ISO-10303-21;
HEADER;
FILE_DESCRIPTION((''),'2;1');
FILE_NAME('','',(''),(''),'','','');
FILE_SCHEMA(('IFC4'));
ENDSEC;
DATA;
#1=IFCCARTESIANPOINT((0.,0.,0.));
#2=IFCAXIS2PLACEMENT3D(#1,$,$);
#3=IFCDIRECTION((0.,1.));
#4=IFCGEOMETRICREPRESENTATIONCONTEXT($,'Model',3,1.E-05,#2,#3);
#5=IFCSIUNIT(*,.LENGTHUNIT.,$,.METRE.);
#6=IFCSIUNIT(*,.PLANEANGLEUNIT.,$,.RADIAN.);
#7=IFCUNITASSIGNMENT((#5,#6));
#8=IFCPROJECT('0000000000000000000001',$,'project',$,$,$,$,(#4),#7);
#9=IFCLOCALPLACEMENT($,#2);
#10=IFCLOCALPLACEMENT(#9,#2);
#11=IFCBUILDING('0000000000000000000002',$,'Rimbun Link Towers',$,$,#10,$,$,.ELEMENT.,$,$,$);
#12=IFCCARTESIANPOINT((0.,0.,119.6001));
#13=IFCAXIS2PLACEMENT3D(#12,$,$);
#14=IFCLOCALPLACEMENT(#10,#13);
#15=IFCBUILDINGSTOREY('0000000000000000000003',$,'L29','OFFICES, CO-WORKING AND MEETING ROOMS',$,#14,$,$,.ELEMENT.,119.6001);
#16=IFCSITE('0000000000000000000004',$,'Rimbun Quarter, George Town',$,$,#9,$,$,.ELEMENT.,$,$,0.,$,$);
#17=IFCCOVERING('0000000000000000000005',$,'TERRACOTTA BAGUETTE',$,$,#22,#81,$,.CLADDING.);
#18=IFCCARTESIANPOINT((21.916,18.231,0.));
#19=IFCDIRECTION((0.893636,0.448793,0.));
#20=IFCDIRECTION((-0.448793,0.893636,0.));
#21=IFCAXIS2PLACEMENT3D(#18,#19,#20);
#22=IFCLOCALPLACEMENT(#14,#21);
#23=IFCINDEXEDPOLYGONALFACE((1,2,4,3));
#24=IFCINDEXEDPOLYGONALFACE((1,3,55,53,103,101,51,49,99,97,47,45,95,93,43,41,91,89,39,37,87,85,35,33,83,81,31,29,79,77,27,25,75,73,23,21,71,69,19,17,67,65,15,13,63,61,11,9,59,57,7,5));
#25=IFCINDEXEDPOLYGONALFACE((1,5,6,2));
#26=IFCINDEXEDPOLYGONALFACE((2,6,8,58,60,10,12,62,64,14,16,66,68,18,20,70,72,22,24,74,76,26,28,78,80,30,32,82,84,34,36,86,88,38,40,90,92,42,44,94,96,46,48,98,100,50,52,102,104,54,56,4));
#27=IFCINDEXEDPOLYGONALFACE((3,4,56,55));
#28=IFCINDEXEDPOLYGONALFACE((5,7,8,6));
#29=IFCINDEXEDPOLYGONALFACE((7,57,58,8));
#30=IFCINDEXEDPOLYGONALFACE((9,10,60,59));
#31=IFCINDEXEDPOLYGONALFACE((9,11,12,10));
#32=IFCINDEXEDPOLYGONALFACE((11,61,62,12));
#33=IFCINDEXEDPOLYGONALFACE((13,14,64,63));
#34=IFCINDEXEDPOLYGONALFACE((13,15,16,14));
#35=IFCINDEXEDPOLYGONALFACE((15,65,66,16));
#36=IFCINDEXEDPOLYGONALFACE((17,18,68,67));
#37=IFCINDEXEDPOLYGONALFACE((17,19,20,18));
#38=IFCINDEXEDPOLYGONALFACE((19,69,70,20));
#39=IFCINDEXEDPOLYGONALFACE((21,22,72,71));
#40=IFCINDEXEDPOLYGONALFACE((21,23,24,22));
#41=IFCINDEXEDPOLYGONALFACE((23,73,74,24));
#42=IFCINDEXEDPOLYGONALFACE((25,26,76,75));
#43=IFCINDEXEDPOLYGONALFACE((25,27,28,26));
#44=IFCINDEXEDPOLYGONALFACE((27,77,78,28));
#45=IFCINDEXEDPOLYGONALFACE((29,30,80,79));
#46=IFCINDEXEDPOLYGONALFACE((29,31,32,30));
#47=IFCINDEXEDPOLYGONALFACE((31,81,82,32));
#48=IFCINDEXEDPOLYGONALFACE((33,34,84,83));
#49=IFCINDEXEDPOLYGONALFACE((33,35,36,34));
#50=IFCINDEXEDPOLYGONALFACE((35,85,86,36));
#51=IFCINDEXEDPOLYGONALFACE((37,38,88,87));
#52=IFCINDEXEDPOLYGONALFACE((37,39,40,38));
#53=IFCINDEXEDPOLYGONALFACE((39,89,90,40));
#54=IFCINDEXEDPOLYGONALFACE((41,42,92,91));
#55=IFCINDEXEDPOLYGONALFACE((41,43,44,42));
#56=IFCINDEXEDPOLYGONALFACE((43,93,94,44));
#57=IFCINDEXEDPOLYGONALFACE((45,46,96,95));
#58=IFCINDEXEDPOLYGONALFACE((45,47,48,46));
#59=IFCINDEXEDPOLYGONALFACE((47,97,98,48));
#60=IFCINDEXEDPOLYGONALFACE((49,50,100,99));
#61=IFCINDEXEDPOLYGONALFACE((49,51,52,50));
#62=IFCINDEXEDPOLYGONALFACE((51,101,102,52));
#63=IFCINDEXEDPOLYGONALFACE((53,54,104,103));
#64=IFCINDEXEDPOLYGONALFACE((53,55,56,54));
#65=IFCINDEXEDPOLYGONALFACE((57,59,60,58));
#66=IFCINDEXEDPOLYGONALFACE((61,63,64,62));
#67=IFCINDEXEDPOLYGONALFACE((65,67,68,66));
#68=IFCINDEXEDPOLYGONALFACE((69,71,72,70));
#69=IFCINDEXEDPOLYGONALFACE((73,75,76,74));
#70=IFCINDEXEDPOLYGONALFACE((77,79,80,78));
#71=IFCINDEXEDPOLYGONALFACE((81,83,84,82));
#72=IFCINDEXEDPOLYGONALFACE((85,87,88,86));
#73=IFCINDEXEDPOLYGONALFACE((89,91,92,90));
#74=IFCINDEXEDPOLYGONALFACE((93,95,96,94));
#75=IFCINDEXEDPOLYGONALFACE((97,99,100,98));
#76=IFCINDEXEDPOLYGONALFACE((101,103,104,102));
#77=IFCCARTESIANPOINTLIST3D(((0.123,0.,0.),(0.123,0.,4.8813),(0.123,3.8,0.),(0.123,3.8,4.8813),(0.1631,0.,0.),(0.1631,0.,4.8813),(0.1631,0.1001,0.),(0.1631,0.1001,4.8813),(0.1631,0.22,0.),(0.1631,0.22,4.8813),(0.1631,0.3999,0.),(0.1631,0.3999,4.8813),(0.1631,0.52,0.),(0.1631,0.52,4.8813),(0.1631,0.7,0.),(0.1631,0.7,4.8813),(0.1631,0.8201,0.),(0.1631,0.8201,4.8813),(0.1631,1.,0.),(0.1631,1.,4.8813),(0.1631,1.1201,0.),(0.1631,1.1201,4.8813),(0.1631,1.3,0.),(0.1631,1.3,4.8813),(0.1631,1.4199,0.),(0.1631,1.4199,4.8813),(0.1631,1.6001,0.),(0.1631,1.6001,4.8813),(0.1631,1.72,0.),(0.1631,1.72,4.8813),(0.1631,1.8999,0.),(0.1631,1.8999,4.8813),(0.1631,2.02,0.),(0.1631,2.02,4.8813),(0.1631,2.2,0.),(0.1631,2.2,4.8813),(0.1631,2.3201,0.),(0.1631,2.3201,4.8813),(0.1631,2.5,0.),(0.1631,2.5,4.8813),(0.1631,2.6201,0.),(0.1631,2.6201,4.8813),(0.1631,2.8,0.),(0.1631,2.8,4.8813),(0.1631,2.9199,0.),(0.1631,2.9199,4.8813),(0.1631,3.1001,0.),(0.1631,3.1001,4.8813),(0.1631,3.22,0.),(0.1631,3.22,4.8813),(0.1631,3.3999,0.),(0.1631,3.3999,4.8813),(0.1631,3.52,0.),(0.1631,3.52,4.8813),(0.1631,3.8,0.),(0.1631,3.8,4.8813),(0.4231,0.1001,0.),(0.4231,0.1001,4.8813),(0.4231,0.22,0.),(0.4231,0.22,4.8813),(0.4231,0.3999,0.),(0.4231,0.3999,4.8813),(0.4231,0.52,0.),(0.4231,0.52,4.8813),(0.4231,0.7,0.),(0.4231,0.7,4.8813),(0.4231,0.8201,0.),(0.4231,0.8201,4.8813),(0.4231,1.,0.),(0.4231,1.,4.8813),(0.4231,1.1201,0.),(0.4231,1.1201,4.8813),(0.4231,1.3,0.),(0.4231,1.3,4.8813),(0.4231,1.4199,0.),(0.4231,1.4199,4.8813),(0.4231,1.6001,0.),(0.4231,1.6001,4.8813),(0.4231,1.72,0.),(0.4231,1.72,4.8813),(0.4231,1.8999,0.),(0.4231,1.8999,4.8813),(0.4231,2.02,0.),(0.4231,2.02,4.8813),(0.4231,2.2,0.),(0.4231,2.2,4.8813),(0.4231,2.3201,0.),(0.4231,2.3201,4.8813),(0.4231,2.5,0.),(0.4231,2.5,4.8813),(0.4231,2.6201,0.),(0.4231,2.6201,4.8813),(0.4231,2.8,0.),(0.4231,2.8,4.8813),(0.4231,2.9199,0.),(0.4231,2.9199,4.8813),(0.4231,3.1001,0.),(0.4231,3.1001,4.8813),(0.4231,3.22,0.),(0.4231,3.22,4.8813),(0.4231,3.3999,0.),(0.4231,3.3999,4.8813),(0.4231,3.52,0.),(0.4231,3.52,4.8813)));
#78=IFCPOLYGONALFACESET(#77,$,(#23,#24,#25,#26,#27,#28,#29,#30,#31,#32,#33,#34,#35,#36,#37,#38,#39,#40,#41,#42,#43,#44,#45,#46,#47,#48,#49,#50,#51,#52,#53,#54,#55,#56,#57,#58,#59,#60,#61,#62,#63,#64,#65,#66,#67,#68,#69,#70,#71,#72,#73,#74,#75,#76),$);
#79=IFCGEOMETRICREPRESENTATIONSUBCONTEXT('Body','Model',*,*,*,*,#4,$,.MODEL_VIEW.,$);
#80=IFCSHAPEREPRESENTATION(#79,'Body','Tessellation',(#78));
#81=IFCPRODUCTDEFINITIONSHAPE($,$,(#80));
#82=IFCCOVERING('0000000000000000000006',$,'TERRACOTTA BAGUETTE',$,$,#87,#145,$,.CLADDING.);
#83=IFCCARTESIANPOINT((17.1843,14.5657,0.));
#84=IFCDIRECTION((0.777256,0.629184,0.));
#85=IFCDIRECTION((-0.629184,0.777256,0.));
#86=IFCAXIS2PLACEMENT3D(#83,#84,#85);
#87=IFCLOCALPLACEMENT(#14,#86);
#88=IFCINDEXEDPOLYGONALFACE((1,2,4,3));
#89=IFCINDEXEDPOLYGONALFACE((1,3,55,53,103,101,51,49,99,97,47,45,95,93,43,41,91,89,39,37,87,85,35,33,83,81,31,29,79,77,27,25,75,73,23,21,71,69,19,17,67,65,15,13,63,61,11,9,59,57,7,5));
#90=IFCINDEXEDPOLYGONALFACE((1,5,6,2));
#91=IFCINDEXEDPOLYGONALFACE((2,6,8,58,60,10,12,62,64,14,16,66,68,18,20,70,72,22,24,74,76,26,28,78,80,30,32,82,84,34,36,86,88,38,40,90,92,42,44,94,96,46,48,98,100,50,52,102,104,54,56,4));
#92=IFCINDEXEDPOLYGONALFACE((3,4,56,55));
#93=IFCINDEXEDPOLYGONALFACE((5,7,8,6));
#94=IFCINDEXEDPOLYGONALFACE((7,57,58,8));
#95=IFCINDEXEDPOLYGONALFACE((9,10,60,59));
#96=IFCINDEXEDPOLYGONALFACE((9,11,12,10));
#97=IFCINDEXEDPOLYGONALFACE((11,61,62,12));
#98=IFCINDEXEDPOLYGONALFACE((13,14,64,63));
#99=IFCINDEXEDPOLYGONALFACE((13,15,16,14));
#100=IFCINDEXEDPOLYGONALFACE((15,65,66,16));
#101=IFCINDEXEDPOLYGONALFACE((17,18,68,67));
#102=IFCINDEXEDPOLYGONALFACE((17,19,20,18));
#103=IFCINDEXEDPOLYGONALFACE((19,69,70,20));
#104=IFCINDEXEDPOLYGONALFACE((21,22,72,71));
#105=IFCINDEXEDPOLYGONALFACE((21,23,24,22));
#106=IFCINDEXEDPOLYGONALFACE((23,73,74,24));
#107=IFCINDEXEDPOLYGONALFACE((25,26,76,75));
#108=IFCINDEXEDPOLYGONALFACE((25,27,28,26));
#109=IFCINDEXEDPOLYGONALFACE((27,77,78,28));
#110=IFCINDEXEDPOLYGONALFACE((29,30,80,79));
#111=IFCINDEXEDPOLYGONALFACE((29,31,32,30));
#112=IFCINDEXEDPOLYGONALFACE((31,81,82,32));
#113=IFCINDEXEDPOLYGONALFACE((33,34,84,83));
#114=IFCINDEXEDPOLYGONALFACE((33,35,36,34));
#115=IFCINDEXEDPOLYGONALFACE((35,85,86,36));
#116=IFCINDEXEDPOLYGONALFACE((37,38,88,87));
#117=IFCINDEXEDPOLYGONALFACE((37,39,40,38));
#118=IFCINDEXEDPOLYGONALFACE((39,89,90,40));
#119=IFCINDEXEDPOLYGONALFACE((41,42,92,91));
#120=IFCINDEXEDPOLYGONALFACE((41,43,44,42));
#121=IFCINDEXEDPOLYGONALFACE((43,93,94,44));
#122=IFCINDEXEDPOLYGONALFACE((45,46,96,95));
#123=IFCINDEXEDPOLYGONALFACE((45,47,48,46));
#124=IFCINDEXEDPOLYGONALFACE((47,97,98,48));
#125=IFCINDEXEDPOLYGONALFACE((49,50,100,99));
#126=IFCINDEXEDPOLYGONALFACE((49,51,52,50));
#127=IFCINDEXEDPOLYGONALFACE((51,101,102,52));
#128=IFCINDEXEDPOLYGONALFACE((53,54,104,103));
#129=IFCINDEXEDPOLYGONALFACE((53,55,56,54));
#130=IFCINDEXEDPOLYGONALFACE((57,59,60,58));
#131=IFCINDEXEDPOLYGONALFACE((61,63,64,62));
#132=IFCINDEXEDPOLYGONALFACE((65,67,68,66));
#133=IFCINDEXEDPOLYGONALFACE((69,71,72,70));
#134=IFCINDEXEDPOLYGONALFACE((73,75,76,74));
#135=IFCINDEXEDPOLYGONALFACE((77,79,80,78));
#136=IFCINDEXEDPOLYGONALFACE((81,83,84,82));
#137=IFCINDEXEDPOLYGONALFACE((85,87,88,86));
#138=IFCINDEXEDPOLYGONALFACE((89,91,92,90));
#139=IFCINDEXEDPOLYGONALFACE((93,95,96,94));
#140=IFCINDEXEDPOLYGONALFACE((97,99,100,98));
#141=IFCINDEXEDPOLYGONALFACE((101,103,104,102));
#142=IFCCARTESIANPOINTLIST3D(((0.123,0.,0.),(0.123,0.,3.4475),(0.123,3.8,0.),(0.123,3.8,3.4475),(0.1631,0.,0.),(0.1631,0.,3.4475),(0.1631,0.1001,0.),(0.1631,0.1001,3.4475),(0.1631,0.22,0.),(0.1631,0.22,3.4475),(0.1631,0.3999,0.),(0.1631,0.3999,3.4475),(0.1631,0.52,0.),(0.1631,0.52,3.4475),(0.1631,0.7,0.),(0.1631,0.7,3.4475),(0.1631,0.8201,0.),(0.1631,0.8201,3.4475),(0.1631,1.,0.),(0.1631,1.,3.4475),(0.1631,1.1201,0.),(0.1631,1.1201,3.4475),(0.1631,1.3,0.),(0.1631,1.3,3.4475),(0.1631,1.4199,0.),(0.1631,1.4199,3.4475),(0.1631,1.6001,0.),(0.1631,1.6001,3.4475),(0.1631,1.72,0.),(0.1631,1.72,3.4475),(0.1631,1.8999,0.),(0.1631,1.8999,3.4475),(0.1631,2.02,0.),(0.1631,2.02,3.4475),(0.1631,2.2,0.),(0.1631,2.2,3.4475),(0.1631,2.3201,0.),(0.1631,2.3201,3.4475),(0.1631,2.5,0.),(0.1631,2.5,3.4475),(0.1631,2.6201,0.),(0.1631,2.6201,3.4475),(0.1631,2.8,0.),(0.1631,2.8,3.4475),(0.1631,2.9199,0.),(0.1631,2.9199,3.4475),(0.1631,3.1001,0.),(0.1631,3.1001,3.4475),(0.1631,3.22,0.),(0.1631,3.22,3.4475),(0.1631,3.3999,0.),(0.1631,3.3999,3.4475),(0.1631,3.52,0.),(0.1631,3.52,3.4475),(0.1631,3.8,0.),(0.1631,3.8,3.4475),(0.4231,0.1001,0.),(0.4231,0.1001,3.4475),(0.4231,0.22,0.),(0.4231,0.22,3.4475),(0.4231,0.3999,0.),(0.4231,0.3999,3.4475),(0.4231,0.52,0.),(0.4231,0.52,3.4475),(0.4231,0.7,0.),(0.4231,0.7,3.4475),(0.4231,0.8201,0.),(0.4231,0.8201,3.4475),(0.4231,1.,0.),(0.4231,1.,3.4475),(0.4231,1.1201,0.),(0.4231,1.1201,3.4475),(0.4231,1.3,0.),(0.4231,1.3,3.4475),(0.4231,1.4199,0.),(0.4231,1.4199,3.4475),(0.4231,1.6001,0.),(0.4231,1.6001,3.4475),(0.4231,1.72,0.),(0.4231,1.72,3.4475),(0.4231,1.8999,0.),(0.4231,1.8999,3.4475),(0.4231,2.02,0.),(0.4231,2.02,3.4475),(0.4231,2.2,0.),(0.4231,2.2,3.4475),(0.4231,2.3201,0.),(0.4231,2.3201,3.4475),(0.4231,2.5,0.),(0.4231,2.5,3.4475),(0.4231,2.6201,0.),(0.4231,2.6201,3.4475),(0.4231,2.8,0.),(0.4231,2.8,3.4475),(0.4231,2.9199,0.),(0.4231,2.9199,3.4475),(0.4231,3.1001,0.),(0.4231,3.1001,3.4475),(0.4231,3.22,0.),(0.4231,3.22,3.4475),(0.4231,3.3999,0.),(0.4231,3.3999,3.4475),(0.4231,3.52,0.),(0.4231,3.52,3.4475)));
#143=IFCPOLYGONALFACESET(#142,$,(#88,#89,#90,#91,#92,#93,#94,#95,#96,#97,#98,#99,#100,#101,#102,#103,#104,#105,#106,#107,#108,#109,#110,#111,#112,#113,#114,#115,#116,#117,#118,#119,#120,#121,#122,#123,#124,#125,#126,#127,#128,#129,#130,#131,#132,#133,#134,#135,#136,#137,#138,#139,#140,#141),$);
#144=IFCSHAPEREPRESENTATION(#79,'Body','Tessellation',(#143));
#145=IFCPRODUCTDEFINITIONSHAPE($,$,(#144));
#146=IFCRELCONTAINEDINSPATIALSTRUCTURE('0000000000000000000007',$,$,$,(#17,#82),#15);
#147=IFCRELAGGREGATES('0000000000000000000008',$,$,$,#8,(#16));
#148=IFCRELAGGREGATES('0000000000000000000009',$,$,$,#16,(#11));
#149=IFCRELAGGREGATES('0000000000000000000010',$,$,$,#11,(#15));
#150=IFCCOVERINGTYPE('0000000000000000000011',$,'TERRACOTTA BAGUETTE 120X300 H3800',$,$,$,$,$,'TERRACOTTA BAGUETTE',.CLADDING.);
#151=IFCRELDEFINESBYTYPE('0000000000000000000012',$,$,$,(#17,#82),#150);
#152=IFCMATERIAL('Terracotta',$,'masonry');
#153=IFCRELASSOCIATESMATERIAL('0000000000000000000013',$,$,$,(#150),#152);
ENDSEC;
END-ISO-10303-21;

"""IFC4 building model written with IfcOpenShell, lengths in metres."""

from ifc_helpers import new_model, si_unit, direction, frame, origin, place, context, subcontext, project, spatial, polyline, outline, extrude, material, material_profile, profile_set, type_object, element, save


model = new_model("IFC4")

# Units and contexts
model_context = context("Model", 3, precision=1e-05, world=origin(), true_north=direction((0.0, 1.0)))
body_context = subcontext(model_context, "Body", "Model", "MODEL_VIEW")
ifc_project = project(units=[si_unit("LENGTHUNIT", "METRE"), si_unit("PLANEANGLEUNIT", "RADIAN")], contexts=[model_context])

# Site, building, storey
site_placement = place(None, origin())
site = spatial("IfcSite", under=ifc_project, at=site_placement, Name="Rimbun Quarter, George Town", CompositionType="ELEMENT", RefElevation=0.0)
building_placement = place(site_placement, origin())
building = spatial("IfcBuilding", under=site, at=building_placement, Name="Rimbun Link Towers", CompositionType="ELEMENT")
storey_placement = place(building_placement, frame((0.0, 0.0, 119.6001)))
storey = spatial("IfcBuildingStorey", under=building, at=storey_placement, Name="L29", Description="OFFICES, CO-WORKING AND MEETING ROOMS", CompositionType="ELEMENT", Elevation=119.6001)

# Coverings
ifc_material_1 = material(Name="Terracotta", Category="masonry")
ifc_material_profile_1 = material_profile(ifc_material_1, outline(polyline([(0.123, 0.0), (0.1631, 0.0), (0.1631, 0.1001), (0.4231, 0.1001), (0.4231, 0.22), (0.1631, 0.22), (0.1631, 0.3999), (0.4231, 0.3999), (0.4231, 0.52), (0.1631, 0.52), (0.1631, 0.7), (0.4231, 0.7), (0.4231, 0.8201), (0.1631, 0.8201), (0.1631, 1.0), (0.4231, 1.0), (0.4231, 1.1201), (0.1631, 1.1201), (0.1631, 1.3), (0.4231, 1.3), (0.4231, 1.4199), (0.1631, 1.4199), (0.1631, 1.6001), (0.4231, 1.6001), (0.4231, 1.72), (0.1631, 1.72), (0.1631, 1.8999), (0.4231, 1.8999), (0.4231, 2.02), (0.1631, 2.02), (0.1631, 2.2), (0.4231, 2.2), (0.4231, 2.3201), (0.1631, 2.3201), (0.1631, 2.5), (0.4231, 2.5), (0.4231, 2.6201), (0.1631, 2.6201), (0.1631, 2.8), (0.4231, 2.8), (0.4231, 2.9199), (0.1631, 2.9199), (0.1631, 3.1001), (0.4231, 3.1001), (0.4231, 3.22), (0.1631, 3.22), (0.1631, 3.3999), (0.4231, 3.3999), (0.4231, 3.52), (0.1631, 3.52), (0.1631, 3.8), (0.123, 3.8), (0.123, 0.0)])), Name="BAGUETTE 120X300")
ifc_profile_set_1 = profile_set([ifc_material_profile_1], Name="Terracotta")
covering_type = type_object("IfcCoveringType", Name="TERRACOTTA BAGUETTE 120X300 H3800", ElementType="TERRACOTTA BAGUETTE", PredefinedType="CLADDING", material=ifc_profile_set_1)
covering_1_placement = place(storey_placement, frame((21.916, 18.231, 0.0), z_axis=(0.893636, 0.448793, 0.0), x_axis=(-0.448793, 0.893636, 0.0)))
element("IfcCovering", 1, at=covering_1_placement, inside=storey, type_object=covering_type, Name="TERRACOTTA BAGUETTE", PredefinedType="CLADDING", context=body_context, shape_type="SweptSolid", body=[
    extrude(outline(polyline([(0.123, 0.0), (0.1631, 0.0), (0.1631, 0.1001), (0.4231, 0.1001), (0.4231, 0.22), (0.1631, 0.22), (0.1631, 0.3999), (0.4231, 0.3999), (0.4231, 0.52), (0.1631, 0.52), (0.1631, 0.7), (0.4231, 0.7), (0.4231, 0.8201), (0.1631, 0.8201), (0.1631, 1.0), (0.4231, 1.0), (0.4231, 1.1201), (0.1631, 1.1201), (0.1631, 1.3), (0.4231, 1.3), (0.4231, 1.4199), (0.1631, 1.4199), (0.1631, 1.6001), (0.4231, 1.6001), (0.4231, 1.72), (0.1631, 1.72), (0.1631, 1.8999), (0.4231, 1.8999), (0.4231, 2.02), (0.1631, 2.02), (0.1631, 2.2), (0.4231, 2.2), (0.4231, 2.3201), (0.1631, 2.3201), (0.1631, 2.5), (0.4231, 2.5), (0.4231, 2.6201), (0.1631, 2.6201), (0.1631, 2.8), (0.4231, 2.8), (0.4231, 2.9199), (0.1631, 2.9199), (0.1631, 3.1001), (0.4231, 3.1001), (0.4231, 3.22), (0.1631, 3.22), (0.1631, 3.3999), (0.4231, 3.3999), (0.4231, 3.52), (0.1631, 3.52), (0.1631, 3.8), (0.123, 3.8), (0.123, 0.0)])), origin(), (0.0, 0.0, 1.0), 4.8813),
])
covering_2_placement = place(storey_placement, frame((17.1843, 14.5657, 0.0), z_axis=(0.777256, 0.629184, 0.0), x_axis=(-0.629184, 0.777256, 0.0)))
element("IfcCovering", 2, at=covering_2_placement, inside=storey, type_object=covering_type, Name="TERRACOTTA BAGUETTE", PredefinedType="CLADDING", context=body_context, shape_type="SweptSolid", body=[
    extrude(outline(polyline([(0.123, 0.0), (0.1631, 0.0), (0.1631, 0.1001), (0.4231, 0.1001), (0.4231, 0.22), (0.1631, 0.22), (0.1631, 0.3999), (0.4231, 0.3999), (0.4231, 0.52), (0.1631, 0.52), (0.1631, 0.7), (0.4231, 0.7), (0.4231, 0.8201), (0.1631, 0.8201), (0.1631, 1.0), (0.4231, 1.0), (0.4231, 1.1201), (0.1631, 1.1201), (0.1631, 1.3), (0.4231, 1.3), (0.4231, 1.4199), (0.1631, 1.4199), (0.1631, 1.6001), (0.4231, 1.6001), (0.4231, 1.72), (0.1631, 1.72), (0.1631, 1.8999), (0.4231, 1.8999), (0.4231, 2.02), (0.1631, 2.02), (0.1631, 2.2), (0.4231, 2.2), (0.4231, 2.3201), (0.1631, 2.3201), (0.1631, 2.5), (0.4231, 2.5), (0.4231, 2.6201), (0.1631, 2.6201), (0.1631, 2.8), (0.4231, 2.8), (0.4231, 2.9199), (0.1631, 2.9199), (0.1631, 3.1001), (0.4231, 3.1001), (0.4231, 3.22), (0.1631, 3.22), (0.1631, 3.3999), (0.4231, 3.3999), (0.4231, 3.52), (0.1631, 3.52), (0.1631, 3.8), (0.123, 3.8), (0.123, 0.0)])), origin(), (0.0, 0.0, 1.0), 3.4475),
])

save(model, "model.ifc")
